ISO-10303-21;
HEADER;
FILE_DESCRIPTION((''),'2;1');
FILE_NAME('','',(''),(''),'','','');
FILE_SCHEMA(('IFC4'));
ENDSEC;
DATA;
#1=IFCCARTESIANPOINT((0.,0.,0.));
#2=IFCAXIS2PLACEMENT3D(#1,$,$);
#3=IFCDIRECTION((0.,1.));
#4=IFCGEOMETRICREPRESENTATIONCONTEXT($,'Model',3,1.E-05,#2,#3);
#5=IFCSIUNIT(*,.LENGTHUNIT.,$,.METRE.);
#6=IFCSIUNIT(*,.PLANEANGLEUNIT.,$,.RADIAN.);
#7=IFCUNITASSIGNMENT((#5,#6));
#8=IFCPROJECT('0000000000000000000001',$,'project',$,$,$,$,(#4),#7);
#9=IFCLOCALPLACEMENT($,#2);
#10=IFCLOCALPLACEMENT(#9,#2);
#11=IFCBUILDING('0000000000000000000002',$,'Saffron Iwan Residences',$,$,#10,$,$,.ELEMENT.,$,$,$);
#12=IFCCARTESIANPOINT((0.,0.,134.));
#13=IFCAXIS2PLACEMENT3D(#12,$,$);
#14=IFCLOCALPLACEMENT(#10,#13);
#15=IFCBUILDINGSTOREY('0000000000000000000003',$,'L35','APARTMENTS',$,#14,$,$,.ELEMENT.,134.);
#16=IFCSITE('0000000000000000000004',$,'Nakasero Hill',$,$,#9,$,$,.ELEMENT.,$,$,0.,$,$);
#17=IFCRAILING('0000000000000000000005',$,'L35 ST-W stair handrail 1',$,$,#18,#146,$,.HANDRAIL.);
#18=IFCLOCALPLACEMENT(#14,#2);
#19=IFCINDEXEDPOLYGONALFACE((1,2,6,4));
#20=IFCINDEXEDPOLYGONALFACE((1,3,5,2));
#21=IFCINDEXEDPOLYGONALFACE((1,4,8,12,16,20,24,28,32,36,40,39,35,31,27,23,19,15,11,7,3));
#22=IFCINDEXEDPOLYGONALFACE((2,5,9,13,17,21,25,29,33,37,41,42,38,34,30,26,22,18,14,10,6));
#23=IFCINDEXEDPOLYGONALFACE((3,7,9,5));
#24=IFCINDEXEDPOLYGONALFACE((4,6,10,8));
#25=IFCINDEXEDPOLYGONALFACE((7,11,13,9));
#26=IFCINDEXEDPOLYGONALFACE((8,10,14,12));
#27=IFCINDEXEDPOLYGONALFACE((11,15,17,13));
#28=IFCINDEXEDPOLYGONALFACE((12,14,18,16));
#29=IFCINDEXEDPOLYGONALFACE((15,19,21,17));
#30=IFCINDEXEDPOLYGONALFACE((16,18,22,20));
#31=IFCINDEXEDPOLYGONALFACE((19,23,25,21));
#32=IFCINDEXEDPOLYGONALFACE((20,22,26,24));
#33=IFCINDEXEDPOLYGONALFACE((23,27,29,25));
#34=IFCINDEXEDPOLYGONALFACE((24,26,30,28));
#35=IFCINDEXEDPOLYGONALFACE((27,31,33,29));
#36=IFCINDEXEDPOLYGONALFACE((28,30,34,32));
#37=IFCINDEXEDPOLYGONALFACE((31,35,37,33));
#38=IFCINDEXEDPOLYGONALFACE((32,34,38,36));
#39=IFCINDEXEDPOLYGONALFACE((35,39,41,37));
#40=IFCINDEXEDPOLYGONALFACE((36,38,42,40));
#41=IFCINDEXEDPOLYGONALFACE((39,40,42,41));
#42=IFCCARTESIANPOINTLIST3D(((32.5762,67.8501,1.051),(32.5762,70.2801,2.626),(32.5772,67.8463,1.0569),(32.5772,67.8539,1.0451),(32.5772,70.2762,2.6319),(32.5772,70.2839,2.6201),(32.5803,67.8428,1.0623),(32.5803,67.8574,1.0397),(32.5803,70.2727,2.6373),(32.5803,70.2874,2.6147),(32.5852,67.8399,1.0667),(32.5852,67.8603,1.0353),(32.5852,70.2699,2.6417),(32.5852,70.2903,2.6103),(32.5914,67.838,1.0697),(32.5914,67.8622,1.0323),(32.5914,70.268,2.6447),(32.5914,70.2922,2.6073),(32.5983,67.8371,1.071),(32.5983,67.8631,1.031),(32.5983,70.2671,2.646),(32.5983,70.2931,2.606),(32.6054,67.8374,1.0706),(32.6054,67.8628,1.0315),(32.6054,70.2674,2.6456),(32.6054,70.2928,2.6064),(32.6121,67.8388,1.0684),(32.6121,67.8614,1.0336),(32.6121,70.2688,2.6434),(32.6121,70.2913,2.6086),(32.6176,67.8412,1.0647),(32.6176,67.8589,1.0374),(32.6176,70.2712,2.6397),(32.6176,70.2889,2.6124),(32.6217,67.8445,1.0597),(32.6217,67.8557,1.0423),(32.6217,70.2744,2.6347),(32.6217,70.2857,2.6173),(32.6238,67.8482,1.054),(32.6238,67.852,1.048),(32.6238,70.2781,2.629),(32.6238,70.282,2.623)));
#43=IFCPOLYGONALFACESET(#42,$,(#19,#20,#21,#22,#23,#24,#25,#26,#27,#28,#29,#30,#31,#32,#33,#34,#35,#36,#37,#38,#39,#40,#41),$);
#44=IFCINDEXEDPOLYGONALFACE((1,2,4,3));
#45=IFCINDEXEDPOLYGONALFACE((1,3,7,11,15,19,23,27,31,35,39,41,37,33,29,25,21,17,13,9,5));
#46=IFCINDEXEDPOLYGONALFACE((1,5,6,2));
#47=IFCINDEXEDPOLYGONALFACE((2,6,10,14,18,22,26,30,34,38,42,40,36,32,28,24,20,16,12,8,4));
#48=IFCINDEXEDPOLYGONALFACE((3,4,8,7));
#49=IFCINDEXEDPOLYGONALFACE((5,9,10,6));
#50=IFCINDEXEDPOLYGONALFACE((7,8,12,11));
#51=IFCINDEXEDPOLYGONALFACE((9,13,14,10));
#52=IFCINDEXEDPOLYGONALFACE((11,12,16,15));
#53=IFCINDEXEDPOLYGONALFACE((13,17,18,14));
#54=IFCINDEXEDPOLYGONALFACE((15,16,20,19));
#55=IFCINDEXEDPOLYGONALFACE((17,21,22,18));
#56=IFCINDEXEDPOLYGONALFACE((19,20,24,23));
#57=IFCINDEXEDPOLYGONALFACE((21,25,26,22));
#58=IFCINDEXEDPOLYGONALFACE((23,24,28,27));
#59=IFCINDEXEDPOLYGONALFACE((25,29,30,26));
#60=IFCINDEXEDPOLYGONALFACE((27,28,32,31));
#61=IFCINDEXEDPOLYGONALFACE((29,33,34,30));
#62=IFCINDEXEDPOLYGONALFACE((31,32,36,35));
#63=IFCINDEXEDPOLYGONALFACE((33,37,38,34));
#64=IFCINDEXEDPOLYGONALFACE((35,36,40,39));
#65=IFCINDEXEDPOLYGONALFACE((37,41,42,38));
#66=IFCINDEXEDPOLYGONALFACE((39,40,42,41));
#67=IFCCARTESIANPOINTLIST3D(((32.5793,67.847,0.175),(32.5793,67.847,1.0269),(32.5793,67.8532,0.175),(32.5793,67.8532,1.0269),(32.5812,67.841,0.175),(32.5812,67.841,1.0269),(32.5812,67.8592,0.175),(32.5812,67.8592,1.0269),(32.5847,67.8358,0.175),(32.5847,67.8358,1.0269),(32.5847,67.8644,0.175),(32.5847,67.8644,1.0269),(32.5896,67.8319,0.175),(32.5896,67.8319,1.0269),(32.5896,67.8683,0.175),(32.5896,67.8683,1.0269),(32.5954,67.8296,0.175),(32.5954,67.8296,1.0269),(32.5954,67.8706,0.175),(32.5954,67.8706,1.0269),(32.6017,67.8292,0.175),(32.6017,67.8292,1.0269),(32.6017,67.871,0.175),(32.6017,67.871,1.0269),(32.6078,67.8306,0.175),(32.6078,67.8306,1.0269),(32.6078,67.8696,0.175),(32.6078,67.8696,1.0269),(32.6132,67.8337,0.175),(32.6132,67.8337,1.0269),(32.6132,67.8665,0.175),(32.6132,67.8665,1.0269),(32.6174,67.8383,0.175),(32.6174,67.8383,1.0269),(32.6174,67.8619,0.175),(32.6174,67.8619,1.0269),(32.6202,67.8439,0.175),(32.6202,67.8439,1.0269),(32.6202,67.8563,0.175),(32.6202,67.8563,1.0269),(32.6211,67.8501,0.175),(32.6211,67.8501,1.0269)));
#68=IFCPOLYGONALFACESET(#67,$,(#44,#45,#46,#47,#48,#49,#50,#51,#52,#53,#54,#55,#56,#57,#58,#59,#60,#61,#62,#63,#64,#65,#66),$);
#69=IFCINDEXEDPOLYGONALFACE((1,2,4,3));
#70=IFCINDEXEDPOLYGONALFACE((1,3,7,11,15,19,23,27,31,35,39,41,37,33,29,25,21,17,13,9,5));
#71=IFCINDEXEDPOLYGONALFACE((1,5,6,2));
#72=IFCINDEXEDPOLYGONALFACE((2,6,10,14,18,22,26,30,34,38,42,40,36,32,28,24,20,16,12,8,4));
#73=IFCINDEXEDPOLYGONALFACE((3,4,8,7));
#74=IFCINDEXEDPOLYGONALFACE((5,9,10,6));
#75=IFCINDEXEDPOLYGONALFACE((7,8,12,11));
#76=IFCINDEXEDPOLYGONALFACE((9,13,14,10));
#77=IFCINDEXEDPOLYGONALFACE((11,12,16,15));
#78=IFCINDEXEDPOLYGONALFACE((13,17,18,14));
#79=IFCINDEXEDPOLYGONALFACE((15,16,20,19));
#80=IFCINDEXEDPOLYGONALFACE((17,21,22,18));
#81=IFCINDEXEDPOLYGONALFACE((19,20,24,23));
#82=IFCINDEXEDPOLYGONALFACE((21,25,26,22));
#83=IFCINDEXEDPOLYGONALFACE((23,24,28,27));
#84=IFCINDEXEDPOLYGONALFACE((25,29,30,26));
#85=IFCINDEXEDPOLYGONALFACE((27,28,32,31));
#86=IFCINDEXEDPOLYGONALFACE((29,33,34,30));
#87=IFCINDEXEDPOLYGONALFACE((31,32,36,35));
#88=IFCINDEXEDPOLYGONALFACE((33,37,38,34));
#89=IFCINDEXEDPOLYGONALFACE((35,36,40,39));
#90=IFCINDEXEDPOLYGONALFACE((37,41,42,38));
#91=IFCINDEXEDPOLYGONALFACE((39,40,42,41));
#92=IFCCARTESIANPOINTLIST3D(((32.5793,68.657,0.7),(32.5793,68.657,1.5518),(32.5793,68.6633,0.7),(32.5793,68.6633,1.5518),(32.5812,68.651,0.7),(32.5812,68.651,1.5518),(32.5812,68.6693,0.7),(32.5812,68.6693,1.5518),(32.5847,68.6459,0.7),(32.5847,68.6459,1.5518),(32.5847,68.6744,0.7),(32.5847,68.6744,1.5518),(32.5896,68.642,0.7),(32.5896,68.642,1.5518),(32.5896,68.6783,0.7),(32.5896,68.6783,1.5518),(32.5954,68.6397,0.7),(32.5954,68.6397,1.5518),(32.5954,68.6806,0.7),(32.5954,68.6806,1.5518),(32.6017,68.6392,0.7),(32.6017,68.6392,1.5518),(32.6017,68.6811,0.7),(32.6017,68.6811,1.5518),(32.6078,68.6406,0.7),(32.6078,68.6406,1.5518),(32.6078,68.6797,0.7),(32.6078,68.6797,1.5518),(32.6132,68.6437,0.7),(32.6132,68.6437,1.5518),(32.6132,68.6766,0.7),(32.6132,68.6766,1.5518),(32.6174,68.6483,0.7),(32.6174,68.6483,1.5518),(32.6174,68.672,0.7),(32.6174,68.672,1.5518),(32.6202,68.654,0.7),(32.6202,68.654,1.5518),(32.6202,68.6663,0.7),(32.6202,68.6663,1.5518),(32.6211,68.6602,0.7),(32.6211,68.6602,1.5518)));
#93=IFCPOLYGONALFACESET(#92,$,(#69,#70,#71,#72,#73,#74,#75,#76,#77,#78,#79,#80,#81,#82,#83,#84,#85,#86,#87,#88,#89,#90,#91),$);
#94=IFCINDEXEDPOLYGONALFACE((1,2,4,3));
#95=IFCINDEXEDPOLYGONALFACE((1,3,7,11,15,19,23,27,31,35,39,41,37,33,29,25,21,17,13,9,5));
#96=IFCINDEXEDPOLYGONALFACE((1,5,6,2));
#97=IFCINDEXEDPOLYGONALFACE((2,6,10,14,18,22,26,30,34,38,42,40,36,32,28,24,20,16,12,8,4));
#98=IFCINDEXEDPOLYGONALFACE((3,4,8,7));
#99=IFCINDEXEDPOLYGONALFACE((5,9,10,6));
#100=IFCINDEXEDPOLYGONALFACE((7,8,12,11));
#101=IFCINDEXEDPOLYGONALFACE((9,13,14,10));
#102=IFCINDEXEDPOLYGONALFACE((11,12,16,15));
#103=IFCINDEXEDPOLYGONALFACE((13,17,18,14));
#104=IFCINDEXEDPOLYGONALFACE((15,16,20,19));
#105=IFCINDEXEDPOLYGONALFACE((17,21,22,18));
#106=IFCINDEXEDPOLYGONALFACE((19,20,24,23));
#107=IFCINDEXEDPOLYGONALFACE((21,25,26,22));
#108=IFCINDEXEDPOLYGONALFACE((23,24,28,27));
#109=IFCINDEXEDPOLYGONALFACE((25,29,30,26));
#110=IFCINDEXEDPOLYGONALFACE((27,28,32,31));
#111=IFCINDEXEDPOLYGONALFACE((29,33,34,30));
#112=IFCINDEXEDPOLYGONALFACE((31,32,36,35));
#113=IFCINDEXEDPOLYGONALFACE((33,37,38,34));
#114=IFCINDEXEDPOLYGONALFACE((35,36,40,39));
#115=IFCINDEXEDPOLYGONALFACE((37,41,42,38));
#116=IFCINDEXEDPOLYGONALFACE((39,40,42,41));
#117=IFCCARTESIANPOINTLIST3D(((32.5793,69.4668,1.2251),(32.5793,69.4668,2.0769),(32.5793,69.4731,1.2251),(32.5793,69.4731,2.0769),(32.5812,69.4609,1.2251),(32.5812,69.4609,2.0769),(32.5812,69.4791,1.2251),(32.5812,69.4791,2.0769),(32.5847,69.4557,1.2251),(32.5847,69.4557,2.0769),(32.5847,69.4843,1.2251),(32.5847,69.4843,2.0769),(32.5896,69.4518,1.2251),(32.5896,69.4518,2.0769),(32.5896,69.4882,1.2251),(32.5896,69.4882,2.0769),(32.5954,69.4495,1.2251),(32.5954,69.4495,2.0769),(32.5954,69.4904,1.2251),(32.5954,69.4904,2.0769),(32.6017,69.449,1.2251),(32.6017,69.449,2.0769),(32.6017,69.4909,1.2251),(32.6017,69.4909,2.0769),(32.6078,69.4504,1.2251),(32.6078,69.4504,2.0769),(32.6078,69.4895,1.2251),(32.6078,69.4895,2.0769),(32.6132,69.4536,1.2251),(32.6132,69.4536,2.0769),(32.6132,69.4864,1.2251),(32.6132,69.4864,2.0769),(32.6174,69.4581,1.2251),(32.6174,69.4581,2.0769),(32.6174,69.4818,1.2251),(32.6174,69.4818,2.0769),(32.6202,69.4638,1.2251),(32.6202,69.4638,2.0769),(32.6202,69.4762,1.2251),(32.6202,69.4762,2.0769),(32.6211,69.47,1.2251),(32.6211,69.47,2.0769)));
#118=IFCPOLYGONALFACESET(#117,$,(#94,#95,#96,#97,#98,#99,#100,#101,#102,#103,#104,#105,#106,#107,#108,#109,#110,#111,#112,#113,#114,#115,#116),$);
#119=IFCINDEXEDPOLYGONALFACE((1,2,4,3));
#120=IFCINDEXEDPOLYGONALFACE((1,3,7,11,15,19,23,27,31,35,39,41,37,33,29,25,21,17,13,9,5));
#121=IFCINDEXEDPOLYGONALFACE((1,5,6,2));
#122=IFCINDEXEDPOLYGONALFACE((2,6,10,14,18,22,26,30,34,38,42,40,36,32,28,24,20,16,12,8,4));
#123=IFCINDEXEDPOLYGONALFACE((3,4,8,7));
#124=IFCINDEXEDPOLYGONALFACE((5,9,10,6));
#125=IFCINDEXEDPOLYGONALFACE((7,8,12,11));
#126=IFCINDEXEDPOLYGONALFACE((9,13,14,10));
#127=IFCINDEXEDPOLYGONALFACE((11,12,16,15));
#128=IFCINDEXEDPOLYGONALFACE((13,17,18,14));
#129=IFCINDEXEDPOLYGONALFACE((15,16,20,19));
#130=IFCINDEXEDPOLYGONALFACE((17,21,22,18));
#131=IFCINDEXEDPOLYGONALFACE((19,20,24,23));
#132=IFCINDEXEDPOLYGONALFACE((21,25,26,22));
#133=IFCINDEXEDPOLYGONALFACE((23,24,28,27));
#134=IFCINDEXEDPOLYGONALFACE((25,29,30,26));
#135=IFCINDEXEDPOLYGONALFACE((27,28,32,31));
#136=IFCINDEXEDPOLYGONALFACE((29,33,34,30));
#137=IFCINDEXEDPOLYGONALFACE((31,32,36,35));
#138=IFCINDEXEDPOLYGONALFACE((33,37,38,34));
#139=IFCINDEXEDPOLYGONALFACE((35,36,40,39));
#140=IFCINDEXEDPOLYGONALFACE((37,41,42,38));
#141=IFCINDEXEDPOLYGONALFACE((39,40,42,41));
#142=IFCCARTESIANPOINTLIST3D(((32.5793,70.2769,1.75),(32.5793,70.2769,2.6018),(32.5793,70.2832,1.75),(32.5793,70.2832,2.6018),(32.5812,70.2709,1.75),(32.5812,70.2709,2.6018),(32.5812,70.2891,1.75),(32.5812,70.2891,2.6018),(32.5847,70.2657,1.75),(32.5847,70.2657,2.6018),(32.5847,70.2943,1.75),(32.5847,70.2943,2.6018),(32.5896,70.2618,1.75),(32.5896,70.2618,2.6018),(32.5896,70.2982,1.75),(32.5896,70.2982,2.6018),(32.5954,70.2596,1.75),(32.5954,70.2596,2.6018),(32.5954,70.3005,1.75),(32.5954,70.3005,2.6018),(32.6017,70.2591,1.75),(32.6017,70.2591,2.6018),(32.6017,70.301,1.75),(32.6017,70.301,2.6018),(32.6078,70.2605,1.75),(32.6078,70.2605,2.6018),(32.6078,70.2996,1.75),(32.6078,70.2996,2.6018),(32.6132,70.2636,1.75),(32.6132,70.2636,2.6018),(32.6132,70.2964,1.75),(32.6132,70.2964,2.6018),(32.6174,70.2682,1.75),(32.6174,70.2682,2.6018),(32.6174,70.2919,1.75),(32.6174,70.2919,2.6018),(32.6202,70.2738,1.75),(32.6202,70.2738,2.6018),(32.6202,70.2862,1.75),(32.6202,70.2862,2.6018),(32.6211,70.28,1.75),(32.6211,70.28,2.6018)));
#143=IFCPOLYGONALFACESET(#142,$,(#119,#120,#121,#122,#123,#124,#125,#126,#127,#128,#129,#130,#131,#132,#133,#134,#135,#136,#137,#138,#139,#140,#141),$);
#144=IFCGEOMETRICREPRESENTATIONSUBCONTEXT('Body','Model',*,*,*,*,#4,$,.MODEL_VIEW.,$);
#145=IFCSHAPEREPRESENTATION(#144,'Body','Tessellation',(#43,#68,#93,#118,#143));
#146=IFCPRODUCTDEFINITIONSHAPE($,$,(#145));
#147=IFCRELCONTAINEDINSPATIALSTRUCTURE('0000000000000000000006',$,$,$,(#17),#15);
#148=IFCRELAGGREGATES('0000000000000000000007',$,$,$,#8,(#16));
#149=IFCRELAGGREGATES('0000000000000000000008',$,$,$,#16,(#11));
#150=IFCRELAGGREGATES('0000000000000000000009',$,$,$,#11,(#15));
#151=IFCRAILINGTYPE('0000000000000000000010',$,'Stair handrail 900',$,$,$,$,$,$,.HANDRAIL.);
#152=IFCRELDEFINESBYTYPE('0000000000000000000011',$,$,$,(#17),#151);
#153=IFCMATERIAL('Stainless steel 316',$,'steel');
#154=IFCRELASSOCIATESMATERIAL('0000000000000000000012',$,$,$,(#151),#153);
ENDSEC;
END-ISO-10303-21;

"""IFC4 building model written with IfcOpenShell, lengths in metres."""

from ifc_helpers import new_model, si_unit, direction, frame, origin, origin_2d, place, context, subcontext, project, spatial, circle, extrude, material, type_object, element, save


model = new_model("IFC4")

# Units and contexts
model_context = context("Model", 3, precision=1e-05, world=origin(), true_north=direction((0.0, 1.0)))
body_context = subcontext(model_context, "Body", "Model", "MODEL_VIEW")
ifc_project = project(units=[si_unit("LENGTHUNIT", "METRE"), si_unit("PLANEANGLEUNIT", "RADIAN")], contexts=[model_context])

# Site, building, storey
site_placement = place(None, origin())
site = spatial("IfcSite", under=ifc_project, at=site_placement, Name="Nakasero Hill", CompositionType="ELEMENT", RefElevation=0.0)
building_placement = place(site_placement, origin())
building = spatial("IfcBuilding", under=site, at=building_placement, Name="Saffron Iwan Residences", CompositionType="ELEMENT")
storey_placement = place(building_placement, frame((0.0, 0.0, 134.0)))
storey = spatial("IfcBuildingStorey", under=building, at=storey_placement, Name="L35", Description="APARTMENTS", CompositionType="ELEMENT", Elevation=134.0)

# Railing
ifc_material_1 = material(Name="Stainless steel 316", Category="steel")
railing_type_1 = type_object("IfcRailingType", Name="Stair handrail 900", PredefinedType="HANDRAIL", material=ifc_material_1)
railing_1_placement = place(storey_placement, frame((32.6001, 67.8501, 0.175)))
element("IfcRailing", 1, at=railing_1_placement, inside=storey, type_object=railing_type_1, Name="L35 ST-W stair handrail 1", PredefinedType="HANDRAIL", context=body_context, shape_type="SweptSolid", body=[
    extrude(circle(Radius=0.0239, at=origin_2d()), frame((0.0, 0.0, 0.876), z_axis=(0.0, 0.839154, 0.543894), x_axis=(-1.0, 0.0, 0.0)), (0.0, 0.0, 1.0), 2.8958),
    extrude(circle(Radius=0.021, at=origin_2d()), origin(), (0.0, 0.0, 1.0), 0.8518),
    extrude(circle(Radius=0.021, at=origin_2d()), frame((0.0, 0.8101, 0.5249)), (0.0, 0.0, 1.0), 0.8518),
    extrude(circle(Radius=0.021, at=origin_2d()), frame((0.0, 1.6199, 1.05)), (0.0, 0.0, 1.0), 0.8518),
    extrude(circle(Radius=0.021, at=origin_2d()), frame((0.0, 2.4299, 1.575)), (0.0, 0.0, 1.0), 0.8518),
])

save(model, "model.ifc")
